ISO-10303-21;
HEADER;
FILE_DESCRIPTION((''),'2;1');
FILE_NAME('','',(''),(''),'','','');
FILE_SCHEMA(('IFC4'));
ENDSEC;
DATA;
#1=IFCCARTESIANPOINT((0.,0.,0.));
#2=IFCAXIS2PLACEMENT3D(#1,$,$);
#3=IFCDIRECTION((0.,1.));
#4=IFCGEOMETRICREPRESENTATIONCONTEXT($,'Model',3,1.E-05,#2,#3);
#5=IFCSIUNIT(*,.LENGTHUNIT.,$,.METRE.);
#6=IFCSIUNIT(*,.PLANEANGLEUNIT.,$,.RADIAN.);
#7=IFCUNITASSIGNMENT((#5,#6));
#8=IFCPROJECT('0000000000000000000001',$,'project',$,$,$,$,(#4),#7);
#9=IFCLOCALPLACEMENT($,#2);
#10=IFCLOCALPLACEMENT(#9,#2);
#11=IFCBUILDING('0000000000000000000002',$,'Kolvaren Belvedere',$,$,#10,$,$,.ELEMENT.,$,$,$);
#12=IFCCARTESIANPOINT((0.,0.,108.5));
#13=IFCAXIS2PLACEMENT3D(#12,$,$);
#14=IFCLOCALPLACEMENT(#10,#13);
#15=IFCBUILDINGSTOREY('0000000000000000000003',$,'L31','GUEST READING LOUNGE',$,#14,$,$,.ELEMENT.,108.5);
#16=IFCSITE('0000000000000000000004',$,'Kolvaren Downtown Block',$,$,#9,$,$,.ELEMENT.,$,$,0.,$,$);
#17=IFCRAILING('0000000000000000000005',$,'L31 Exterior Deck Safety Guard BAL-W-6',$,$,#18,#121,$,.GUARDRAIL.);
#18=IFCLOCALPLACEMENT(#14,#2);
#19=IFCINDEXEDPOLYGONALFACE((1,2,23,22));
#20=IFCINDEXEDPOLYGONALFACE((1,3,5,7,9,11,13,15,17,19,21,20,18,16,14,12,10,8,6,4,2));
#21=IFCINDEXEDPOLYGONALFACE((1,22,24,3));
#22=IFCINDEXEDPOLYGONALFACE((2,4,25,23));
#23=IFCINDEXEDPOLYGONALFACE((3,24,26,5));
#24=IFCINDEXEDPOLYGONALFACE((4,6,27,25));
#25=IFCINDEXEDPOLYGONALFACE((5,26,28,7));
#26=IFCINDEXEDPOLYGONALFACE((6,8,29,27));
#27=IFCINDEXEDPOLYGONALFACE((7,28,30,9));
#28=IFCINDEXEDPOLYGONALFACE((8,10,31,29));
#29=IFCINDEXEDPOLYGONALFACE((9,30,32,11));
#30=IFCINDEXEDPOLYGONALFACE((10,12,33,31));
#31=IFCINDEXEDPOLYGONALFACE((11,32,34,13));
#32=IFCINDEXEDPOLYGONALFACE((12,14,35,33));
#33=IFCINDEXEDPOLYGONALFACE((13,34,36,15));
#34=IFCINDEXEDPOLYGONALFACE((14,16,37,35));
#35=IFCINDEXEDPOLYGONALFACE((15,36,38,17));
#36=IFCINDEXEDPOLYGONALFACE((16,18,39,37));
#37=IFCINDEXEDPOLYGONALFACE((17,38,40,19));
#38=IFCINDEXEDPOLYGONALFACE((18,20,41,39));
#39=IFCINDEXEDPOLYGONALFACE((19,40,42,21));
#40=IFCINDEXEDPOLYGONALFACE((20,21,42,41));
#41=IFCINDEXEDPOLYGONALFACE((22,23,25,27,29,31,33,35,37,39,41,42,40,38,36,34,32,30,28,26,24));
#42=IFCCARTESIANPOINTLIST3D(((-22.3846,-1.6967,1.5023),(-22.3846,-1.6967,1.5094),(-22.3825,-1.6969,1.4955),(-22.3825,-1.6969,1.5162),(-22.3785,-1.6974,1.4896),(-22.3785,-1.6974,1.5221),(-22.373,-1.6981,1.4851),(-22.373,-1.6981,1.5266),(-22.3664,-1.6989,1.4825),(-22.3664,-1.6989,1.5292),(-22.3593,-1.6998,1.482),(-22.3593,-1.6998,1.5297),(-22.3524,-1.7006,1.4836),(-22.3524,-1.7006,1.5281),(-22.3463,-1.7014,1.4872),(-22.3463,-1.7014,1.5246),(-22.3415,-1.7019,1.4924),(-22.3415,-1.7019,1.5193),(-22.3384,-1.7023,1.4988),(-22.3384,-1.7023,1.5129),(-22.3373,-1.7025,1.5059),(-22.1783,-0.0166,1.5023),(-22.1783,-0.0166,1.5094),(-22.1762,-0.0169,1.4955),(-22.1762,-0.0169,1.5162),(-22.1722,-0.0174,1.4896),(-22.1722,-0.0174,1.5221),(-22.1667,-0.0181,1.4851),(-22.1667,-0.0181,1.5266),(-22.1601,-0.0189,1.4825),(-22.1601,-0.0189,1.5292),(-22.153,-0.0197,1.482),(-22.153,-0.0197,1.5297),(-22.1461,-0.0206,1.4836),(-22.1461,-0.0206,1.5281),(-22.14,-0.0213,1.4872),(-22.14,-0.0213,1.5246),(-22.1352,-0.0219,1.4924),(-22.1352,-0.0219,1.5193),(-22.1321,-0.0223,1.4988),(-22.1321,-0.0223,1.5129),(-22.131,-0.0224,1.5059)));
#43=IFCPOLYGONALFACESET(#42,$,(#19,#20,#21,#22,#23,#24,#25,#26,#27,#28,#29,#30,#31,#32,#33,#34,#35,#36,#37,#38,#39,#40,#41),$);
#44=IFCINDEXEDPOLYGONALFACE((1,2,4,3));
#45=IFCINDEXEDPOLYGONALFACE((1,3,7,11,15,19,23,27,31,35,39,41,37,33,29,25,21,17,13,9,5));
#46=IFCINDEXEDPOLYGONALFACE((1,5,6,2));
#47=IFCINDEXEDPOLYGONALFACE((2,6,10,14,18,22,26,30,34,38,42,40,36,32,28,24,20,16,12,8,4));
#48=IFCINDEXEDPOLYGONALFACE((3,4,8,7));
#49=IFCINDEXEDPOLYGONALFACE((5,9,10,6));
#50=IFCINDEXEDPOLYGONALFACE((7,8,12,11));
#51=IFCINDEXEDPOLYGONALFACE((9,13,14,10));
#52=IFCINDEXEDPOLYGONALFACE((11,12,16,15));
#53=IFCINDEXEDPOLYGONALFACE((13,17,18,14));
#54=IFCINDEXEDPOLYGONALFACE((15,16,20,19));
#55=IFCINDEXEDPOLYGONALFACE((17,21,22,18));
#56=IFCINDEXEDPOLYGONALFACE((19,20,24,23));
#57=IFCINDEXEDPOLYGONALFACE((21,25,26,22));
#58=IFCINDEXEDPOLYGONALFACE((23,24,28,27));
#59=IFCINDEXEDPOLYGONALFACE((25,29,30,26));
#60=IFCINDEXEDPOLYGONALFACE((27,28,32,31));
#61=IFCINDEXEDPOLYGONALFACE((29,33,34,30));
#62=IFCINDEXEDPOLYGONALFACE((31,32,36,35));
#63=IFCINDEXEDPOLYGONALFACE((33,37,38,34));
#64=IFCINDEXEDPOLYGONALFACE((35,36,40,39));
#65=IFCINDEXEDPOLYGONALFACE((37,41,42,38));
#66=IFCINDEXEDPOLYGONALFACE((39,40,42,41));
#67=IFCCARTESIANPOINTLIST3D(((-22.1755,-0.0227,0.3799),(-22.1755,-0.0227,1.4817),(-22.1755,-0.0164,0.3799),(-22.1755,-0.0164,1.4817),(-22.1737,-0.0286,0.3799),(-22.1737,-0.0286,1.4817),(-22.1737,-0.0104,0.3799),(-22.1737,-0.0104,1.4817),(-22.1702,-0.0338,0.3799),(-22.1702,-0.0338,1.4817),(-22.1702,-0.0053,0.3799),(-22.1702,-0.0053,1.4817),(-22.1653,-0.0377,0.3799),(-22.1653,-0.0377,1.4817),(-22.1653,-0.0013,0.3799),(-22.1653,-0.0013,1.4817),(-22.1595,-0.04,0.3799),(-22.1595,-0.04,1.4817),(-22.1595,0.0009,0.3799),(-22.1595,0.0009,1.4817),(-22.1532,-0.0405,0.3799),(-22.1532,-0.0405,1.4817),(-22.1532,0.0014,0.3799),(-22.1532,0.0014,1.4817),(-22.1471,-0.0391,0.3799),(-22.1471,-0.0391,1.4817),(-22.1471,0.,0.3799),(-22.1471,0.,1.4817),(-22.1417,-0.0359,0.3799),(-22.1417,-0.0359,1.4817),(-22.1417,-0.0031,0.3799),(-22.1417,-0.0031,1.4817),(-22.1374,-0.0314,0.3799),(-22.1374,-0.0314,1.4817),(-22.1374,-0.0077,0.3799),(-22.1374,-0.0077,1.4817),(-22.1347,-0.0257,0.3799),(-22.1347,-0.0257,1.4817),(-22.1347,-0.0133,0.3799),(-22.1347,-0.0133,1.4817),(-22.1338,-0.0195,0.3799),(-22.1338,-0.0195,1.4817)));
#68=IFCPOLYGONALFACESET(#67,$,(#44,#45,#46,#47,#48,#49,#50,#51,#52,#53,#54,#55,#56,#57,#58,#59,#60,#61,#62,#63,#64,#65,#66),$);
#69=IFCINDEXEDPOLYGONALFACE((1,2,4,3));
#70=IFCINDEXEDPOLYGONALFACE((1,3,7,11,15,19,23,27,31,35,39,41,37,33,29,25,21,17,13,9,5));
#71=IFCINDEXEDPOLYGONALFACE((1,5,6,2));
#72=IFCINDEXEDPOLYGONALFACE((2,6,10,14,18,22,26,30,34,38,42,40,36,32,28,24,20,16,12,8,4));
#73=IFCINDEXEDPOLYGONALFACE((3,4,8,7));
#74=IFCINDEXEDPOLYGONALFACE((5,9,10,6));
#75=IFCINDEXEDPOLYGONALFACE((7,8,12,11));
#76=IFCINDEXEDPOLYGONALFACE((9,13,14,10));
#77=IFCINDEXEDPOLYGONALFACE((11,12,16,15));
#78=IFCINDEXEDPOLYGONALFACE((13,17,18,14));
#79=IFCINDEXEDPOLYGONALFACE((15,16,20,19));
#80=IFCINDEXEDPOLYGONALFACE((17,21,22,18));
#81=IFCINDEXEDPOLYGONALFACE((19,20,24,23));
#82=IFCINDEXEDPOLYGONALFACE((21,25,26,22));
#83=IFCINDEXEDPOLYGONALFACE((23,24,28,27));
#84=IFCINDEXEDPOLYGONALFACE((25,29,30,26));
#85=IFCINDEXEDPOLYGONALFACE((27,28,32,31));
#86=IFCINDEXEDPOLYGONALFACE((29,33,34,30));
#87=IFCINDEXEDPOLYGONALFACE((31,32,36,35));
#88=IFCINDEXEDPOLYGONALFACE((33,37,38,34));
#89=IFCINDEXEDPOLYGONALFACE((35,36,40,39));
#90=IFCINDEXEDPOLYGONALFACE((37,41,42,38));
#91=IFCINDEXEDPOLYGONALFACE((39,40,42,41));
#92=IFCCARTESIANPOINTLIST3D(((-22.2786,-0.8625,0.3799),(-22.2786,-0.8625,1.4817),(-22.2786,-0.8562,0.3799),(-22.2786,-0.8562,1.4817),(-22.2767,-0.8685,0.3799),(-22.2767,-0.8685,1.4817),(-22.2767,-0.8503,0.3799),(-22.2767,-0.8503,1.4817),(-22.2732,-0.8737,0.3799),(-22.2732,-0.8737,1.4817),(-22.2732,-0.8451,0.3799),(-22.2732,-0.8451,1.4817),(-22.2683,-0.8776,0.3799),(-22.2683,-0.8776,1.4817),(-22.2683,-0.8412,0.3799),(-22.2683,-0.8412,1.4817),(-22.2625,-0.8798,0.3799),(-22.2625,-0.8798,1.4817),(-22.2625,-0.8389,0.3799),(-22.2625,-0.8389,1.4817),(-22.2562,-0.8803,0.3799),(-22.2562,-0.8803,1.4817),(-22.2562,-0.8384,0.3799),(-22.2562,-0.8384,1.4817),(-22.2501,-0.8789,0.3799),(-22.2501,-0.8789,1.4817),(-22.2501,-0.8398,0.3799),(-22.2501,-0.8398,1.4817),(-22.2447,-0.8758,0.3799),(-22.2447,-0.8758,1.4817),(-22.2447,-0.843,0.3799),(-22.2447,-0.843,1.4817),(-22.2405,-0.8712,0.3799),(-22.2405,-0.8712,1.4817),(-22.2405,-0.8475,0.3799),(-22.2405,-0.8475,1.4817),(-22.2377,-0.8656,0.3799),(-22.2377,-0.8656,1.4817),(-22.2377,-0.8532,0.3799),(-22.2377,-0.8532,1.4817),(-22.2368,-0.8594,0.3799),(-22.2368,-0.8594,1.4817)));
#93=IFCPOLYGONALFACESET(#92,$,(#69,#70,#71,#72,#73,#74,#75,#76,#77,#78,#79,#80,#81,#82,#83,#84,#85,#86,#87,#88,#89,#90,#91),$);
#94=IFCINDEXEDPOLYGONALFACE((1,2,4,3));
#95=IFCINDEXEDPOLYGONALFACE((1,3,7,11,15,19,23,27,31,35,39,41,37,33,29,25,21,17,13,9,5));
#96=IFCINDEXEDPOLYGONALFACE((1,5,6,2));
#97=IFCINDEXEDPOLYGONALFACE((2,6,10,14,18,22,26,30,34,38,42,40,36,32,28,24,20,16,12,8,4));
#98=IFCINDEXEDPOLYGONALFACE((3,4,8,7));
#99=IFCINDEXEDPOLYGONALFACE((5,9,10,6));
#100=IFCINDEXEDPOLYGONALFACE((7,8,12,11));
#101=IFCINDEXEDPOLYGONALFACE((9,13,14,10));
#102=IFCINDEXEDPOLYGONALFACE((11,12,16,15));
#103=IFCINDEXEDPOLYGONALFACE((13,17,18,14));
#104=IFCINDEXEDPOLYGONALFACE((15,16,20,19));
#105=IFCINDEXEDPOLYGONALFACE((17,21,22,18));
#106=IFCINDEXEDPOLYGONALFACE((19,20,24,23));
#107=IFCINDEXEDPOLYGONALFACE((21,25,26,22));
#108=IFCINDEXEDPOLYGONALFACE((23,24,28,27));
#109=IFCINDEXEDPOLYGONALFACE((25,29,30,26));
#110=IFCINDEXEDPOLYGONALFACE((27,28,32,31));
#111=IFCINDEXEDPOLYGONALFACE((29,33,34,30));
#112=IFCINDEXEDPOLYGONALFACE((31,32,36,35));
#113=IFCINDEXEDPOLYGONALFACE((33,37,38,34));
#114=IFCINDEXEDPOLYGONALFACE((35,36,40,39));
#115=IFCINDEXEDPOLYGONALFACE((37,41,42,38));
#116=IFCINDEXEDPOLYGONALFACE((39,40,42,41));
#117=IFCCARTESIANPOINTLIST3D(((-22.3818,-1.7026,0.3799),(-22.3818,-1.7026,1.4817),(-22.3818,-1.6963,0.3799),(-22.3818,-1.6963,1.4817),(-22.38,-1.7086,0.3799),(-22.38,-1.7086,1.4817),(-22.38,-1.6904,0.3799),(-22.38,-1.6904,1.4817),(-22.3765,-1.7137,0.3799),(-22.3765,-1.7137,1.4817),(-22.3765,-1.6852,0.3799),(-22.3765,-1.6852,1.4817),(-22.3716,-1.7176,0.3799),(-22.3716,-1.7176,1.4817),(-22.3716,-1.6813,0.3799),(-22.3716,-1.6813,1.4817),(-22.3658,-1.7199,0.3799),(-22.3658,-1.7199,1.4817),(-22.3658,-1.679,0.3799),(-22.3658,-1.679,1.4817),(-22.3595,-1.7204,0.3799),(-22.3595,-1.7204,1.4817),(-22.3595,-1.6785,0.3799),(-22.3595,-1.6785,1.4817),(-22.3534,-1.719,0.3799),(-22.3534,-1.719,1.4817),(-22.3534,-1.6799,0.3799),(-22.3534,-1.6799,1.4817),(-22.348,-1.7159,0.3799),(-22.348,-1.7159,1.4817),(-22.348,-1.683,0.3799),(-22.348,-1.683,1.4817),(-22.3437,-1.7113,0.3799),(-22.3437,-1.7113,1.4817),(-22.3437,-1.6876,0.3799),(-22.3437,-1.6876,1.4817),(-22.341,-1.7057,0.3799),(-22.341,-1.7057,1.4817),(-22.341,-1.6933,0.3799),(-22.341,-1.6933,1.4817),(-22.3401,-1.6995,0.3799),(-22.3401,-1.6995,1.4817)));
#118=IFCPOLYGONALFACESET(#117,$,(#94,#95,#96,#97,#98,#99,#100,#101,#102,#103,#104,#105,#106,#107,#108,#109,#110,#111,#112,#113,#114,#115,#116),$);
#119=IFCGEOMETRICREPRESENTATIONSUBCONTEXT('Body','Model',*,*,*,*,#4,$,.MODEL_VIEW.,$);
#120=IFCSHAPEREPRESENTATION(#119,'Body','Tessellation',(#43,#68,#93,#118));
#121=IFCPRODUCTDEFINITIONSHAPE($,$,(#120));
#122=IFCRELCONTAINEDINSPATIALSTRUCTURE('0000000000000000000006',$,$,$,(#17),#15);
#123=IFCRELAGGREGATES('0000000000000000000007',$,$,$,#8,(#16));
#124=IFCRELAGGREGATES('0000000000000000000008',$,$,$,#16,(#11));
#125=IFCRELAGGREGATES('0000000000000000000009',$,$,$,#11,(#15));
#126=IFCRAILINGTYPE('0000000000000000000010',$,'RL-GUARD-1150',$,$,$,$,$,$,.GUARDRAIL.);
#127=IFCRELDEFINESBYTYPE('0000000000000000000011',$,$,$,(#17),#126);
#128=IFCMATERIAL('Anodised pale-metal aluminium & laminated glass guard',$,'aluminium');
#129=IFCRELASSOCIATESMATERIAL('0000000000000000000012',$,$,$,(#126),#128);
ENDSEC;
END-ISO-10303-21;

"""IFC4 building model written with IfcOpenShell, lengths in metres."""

from ifc_helpers import new_model, si_unit, direction, frame, origin, origin_2d, place, context, subcontext, project, spatial, circle, extrude, material, type_object, element, save


model = new_model("IFC4")

# Units and contexts
model_context = context("Model", 3, precision=1e-05, world=origin(), true_north=direction((0.0, 1.0)))
body_context = subcontext(model_context, "Body", "Model", "MODEL_VIEW")
ifc_project = project(units=[si_unit("LENGTHUNIT", "METRE"), si_unit("PLANEANGLEUNIT", "RADIAN")], contexts=[model_context])

# Site, building, storey
site_placement = place(None, origin())
site = spatial("IfcSite", under=ifc_project, at=site_placement, Name="Kolvaren Downtown Block", CompositionType="ELEMENT", RefElevation=0.0)
building_placement = place(site_placement, origin())
building = spatial("IfcBuilding", under=site, at=building_placement, Name="Kolvaren Belvedere", CompositionType="ELEMENT")
storey_placement = place(building_placement, frame((0.0, 0.0, 108.5)))
storey = spatial("IfcBuildingStorey", under=building, at=storey_placement, Name="L31", Description="GUEST READING LOUNGE", CompositionType="ELEMENT", Elevation=108.5)

# Railing
ifc_material_1 = material(Name="Anodised pale-metal aluminium & laminated glass guard", Category="aluminium")
railing_type = type_object("IfcRailingType", Name="RL-GUARD-1150", PredefinedType="GUARDRAIL", material=ifc_material_1)
railing_1_placement = place(storey_placement, frame((-22.1548, -0.0195, 0.3799)))
element("IfcRailing", 1, at=railing_1_placement, inside=storey, type_object=railing_type, Name="L31 Exterior Deck Safety Guard BAL-W-6", PredefinedType="GUARDRAIL", context=body_context, shape_type="SweptSolid", body=[
    extrude(circle(Radius=0.0239, at=origin_2d()), frame((0.0, 0.0, 1.126), z_axis=(-0.121886, -0.992544, 0.0), x_axis=(0.992544, -0.121886, 0.0)), (0.0, 0.0, 1.0), 1.6926),
    extrude(circle(Radius=0.021, at=origin_2d()), origin(), (0.0, 0.0, 1.0), 1.1018),
    extrude(circle(Radius=0.021, at=origin_2d()), frame((-0.103, -0.8398, 0.0)), (0.0, 0.0, 1.0), 1.1018),
    extrude(circle(Radius=0.021, at=origin_2d()), frame((-0.2063, -1.6799, 0.0)), (0.0, 0.0, 1.0), 1.1018),
])

save(model, "model.ifc")
